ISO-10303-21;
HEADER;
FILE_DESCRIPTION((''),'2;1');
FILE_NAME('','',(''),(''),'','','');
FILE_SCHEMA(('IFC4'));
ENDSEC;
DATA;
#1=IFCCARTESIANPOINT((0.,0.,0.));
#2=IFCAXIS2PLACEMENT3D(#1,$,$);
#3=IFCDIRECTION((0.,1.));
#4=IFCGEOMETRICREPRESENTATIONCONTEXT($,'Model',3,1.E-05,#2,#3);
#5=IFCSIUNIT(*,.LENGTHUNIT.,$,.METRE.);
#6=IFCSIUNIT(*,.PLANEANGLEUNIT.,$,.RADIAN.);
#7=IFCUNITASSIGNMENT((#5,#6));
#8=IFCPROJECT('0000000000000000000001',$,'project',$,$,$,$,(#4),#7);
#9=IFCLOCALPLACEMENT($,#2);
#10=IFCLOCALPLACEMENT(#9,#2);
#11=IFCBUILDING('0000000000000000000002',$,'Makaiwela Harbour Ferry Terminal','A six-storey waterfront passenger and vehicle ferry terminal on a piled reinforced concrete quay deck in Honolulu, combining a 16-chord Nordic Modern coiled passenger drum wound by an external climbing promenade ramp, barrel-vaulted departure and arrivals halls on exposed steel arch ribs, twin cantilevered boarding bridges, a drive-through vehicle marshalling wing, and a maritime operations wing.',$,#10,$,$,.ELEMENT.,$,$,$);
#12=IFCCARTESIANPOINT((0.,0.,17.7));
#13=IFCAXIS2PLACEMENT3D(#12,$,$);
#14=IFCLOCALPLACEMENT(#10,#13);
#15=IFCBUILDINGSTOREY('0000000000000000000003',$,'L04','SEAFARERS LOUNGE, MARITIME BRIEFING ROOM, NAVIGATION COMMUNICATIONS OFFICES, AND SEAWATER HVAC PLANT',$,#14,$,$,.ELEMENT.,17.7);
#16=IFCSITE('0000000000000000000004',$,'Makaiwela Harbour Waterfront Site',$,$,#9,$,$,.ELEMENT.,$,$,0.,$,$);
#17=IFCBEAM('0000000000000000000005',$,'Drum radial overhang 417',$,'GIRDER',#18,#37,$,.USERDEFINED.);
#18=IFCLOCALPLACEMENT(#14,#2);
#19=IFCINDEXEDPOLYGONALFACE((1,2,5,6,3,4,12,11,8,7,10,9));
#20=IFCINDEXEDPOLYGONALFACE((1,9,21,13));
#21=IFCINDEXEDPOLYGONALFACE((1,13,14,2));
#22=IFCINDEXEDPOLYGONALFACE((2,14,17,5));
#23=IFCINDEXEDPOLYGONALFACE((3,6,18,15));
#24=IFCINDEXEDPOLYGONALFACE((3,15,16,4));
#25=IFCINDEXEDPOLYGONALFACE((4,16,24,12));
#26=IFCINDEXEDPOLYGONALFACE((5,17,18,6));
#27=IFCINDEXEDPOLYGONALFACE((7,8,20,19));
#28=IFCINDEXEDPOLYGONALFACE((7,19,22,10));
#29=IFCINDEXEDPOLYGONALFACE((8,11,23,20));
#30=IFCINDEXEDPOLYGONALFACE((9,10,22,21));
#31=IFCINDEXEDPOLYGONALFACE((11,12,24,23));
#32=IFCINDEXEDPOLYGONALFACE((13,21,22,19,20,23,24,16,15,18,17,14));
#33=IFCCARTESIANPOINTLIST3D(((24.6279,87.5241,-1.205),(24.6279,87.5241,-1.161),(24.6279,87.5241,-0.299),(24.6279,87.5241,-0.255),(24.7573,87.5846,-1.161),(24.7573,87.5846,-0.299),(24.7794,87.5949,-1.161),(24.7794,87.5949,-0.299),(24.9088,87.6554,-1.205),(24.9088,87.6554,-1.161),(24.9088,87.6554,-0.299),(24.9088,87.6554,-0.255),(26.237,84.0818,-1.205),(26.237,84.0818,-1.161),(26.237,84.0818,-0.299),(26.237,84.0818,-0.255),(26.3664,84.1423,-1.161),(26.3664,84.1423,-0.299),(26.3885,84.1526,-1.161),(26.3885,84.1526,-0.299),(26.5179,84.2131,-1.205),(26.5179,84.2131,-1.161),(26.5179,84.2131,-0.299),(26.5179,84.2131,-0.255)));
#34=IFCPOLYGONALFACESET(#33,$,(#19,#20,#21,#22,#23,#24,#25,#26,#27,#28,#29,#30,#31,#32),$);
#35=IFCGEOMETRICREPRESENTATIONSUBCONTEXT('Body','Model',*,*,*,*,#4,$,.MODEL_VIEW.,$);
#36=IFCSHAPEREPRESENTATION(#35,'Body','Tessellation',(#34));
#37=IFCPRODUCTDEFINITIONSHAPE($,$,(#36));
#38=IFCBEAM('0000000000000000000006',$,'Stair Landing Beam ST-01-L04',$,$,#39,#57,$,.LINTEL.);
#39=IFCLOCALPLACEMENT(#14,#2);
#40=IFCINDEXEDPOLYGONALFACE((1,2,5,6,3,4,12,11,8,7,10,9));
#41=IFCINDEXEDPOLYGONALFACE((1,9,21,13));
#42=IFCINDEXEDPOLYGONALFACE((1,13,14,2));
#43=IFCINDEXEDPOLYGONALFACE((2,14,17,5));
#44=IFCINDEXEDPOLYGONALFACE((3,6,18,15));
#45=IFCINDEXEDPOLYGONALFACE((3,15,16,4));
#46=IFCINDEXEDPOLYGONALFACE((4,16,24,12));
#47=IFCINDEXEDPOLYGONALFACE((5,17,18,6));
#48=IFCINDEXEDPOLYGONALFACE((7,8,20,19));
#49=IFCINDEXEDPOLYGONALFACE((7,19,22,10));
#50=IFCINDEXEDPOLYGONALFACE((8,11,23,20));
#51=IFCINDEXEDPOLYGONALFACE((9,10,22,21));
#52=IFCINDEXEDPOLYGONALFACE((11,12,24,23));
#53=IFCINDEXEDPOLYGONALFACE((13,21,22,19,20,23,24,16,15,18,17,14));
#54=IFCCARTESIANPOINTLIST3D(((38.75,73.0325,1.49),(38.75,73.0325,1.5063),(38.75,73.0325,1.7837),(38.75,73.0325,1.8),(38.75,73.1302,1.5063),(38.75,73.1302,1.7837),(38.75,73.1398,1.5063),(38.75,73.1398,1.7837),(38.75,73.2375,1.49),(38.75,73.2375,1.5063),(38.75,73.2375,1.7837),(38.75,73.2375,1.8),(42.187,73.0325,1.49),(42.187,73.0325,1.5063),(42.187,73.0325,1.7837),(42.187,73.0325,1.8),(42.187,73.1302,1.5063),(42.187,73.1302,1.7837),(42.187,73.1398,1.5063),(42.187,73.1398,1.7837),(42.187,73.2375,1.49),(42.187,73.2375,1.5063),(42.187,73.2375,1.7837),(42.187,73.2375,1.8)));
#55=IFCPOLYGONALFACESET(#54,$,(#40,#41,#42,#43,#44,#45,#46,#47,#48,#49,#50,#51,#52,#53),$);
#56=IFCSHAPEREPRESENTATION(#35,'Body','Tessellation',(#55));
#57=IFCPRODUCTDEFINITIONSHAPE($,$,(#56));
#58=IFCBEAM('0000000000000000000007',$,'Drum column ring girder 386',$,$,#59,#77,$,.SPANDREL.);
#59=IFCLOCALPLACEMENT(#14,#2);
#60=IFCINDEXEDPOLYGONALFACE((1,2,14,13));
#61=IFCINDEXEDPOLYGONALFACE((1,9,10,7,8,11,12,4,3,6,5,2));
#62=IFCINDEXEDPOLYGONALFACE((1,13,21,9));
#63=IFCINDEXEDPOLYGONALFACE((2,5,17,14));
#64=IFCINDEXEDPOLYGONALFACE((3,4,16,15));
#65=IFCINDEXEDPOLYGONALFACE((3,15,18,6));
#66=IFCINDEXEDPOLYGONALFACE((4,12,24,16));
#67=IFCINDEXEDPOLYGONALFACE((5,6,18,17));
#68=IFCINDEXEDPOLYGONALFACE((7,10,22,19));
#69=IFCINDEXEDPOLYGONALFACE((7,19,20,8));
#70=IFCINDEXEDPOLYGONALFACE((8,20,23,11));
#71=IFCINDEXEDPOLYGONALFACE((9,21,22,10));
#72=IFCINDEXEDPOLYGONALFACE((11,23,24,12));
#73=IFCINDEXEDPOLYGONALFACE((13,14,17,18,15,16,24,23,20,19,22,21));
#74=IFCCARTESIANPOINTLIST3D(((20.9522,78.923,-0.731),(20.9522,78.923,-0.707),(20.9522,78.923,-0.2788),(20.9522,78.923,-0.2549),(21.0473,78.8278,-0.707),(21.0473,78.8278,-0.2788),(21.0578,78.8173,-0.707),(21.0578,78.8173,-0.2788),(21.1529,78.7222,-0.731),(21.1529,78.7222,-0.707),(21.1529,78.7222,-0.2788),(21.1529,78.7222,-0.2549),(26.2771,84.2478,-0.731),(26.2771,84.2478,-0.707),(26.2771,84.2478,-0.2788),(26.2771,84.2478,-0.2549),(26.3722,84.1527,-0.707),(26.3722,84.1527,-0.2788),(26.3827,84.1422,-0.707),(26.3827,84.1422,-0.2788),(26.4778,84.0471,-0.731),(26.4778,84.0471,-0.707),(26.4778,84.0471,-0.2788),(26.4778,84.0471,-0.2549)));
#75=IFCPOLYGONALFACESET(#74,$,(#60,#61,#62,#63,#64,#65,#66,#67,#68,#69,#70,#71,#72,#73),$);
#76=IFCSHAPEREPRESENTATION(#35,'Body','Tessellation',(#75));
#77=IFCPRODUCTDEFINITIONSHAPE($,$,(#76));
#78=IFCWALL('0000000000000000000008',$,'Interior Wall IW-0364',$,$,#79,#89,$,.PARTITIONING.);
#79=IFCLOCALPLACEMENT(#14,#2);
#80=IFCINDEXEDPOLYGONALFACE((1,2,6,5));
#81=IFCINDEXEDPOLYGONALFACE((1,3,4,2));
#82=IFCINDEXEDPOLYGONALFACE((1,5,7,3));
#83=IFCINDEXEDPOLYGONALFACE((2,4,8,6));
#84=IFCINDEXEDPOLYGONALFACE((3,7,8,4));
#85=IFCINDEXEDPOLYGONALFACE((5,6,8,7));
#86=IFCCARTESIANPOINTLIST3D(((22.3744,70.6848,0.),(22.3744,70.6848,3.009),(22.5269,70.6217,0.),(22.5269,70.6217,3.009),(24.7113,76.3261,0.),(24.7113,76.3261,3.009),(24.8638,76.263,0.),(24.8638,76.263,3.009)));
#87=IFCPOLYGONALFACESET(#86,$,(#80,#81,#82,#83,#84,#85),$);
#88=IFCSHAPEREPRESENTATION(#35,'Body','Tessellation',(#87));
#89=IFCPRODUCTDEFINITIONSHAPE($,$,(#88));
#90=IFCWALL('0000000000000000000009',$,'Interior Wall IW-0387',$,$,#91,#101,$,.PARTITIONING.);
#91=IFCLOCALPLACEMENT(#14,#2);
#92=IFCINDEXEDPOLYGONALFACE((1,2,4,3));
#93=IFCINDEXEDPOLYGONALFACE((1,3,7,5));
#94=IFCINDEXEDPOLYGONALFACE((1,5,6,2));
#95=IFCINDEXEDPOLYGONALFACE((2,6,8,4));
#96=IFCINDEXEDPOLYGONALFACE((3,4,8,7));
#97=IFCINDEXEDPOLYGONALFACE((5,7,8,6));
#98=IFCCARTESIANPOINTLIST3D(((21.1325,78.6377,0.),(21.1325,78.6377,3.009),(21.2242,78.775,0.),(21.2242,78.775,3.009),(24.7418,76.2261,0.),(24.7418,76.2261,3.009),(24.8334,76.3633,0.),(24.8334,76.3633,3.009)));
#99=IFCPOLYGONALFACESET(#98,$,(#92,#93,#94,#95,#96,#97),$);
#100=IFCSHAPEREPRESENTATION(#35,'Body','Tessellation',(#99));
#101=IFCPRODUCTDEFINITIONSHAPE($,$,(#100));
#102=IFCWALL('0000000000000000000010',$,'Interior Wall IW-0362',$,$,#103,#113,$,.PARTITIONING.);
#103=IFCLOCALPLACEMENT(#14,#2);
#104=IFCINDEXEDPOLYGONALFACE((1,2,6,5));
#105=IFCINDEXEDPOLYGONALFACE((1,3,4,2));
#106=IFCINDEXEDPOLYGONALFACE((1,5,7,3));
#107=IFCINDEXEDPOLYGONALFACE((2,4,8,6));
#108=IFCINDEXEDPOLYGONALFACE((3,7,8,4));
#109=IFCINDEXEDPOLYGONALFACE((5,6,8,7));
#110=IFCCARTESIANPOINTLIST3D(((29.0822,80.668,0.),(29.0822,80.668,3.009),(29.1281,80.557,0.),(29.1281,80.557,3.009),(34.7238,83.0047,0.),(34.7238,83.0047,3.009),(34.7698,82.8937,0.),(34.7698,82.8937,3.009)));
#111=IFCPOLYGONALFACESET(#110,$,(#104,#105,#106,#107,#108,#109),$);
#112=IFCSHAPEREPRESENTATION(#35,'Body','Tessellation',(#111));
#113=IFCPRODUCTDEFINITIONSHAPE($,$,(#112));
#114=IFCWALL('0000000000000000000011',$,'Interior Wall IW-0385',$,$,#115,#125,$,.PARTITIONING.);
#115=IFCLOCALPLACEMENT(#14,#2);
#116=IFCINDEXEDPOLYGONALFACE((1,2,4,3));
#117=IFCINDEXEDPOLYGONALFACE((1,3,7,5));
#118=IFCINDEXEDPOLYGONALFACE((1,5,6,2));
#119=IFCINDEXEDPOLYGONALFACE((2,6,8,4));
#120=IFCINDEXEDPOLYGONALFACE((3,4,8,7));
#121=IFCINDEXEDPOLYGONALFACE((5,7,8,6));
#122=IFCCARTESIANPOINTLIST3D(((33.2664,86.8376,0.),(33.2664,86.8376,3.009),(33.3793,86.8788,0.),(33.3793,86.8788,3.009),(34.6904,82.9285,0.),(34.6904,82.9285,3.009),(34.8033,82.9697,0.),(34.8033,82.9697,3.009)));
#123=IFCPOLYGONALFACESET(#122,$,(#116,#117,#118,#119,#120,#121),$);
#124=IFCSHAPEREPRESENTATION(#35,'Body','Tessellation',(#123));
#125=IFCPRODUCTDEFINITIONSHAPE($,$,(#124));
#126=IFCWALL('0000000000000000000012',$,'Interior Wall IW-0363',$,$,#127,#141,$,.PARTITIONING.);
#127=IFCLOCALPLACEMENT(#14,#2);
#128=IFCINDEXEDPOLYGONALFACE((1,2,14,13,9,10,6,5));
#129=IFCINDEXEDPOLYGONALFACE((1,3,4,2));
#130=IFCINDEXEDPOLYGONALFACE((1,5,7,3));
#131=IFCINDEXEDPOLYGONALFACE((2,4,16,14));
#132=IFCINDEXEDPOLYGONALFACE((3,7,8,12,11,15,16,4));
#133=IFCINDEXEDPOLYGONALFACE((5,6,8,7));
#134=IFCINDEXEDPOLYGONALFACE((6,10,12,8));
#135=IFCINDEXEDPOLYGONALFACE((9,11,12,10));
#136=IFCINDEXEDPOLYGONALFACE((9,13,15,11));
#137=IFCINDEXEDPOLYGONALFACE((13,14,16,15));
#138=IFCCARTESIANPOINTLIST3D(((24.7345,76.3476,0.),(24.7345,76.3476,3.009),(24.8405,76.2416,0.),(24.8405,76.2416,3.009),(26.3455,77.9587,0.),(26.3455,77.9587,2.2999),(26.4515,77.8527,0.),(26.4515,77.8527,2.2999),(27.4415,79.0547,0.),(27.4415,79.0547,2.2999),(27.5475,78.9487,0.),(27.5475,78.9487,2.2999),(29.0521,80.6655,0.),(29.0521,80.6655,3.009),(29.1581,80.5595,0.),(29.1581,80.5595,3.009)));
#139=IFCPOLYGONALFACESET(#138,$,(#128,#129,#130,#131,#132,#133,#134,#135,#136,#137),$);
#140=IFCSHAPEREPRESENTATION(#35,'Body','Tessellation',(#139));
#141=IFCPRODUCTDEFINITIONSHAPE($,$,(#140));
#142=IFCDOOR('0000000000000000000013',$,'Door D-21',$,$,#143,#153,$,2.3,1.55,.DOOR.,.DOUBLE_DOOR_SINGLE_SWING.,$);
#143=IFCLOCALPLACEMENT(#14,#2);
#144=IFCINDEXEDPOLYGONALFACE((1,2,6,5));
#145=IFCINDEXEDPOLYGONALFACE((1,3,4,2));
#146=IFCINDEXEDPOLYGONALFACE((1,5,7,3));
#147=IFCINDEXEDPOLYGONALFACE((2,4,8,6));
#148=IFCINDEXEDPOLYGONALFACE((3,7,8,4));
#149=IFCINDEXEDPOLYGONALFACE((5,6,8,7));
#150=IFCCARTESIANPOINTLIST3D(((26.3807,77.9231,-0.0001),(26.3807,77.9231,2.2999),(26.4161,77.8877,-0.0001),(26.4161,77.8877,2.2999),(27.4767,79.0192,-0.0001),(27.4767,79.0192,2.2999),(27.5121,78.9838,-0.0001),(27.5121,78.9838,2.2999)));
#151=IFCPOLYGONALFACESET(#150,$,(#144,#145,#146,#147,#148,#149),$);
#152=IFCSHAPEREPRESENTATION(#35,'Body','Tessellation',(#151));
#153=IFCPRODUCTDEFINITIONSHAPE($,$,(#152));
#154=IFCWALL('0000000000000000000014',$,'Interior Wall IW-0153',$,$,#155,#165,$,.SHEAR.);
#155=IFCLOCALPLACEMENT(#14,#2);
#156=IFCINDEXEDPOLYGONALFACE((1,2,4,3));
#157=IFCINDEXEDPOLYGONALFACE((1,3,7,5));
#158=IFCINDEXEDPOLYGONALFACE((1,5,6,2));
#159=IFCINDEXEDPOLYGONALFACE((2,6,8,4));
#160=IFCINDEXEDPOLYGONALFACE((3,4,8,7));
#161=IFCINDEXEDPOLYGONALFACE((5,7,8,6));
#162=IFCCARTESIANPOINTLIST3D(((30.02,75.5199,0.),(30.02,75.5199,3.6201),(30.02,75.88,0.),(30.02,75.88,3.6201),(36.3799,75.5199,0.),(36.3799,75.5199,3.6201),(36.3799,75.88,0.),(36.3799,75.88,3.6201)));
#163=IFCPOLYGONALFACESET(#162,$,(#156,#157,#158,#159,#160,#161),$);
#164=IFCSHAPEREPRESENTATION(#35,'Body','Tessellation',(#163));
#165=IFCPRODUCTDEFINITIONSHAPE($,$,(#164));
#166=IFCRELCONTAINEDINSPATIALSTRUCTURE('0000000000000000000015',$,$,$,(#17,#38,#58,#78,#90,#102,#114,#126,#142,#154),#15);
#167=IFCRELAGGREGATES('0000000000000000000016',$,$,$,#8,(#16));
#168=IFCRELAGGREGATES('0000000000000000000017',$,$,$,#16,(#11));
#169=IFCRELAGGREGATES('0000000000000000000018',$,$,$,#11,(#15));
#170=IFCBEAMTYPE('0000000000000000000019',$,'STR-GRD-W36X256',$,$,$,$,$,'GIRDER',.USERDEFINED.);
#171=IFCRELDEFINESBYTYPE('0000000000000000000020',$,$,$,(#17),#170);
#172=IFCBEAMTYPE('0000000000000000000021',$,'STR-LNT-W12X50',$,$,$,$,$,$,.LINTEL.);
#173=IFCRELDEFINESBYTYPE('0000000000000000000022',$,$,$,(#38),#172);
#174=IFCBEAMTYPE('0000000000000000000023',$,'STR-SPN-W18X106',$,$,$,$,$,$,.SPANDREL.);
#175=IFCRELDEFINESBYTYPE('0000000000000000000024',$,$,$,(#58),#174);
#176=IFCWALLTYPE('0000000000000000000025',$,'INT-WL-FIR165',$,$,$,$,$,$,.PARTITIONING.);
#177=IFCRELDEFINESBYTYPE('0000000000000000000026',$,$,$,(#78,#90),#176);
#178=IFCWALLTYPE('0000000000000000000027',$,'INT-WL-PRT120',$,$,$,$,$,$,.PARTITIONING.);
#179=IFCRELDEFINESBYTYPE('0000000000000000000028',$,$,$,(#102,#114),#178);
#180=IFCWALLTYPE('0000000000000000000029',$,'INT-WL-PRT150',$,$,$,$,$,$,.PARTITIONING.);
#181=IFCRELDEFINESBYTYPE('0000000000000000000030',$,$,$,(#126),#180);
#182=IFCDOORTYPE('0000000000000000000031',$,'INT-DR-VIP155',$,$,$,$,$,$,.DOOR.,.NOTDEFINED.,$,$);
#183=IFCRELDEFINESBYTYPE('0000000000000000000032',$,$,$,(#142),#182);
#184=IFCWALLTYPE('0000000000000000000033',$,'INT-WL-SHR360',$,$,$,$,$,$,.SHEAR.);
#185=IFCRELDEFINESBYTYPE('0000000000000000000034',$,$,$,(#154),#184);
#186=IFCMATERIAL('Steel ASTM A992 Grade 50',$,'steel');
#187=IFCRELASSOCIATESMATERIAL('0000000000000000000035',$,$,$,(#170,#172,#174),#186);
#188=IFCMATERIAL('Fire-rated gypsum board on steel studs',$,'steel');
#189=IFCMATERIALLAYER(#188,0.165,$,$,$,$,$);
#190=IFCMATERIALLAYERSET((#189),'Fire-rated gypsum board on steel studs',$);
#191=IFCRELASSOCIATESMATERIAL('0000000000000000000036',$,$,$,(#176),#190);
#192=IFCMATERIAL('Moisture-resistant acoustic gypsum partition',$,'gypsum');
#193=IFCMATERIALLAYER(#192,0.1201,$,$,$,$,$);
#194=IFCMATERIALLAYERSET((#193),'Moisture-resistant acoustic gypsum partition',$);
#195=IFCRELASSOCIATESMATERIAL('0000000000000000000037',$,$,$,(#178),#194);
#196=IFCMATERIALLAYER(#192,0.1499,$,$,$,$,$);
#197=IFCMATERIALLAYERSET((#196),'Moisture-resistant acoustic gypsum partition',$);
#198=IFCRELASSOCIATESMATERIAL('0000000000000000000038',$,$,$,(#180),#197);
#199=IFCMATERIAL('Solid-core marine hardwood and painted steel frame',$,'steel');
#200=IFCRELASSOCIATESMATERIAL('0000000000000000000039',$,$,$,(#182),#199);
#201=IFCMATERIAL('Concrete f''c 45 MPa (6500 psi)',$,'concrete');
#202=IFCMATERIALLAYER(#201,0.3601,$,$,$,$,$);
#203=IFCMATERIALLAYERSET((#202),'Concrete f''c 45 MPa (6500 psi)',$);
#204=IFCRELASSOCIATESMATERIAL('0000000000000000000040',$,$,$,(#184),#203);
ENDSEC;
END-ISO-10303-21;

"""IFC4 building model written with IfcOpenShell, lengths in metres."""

from ifc_helpers import new_model, si_unit, direction, frame, frame_2d, origin, origin_2d, place, context, subcontext, project, spatial, rectangle, i_section, extrude, material, layer, layer_set, material_profile, profile_set, type_object, element, fill, save


model = new_model("IFC4")

# Units and contexts
model_context = context("Model", 3, precision=1e-05, world=origin(), true_north=direction((0.0, 1.0)))
body_context = subcontext(model_context, "Body", "Model", "MODEL_VIEW")
ifc_project = project(units=[si_unit("LENGTHUNIT", "METRE"), si_unit("PLANEANGLEUNIT", "RADIAN")], contexts=[model_context])

# Site, building, storey
site_placement = place(None, origin())
site = spatial("IfcSite", under=ifc_project, at=site_placement, Name="Makaiwela Harbour Waterfront Site", CompositionType="ELEMENT", RefElevation=0.0)
building_placement = place(site_placement, origin())
building = spatial("IfcBuilding", under=site, at=building_placement, Name="Makaiwela Harbour Ferry Terminal", Description="A six-storey waterfront passenger and vehicle ferry terminal on a piled reinforced concrete quay deck in Honolulu, combining a 16-chord Nordic Modern coiled passenger drum wound by an external climbing promenade ramp, barrel-vaulted departure and arrivals halls on exposed steel arch ribs, twin cantilevered boarding bridges, a drive-through vehicle marshalling wing, and a maritime operations wing.", CompositionType="ELEMENT")
storey_placement = place(building_placement, frame((0.0, 0.0, 17.7)))
storey = spatial("IfcBuildingStorey", under=building, at=storey_placement, Name="L04", Description="SEAFARERS LOUNGE, MARITIME BRIEFING ROOM, NAVIGATION COMMUNICATIONS OFFICES, AND SEAWATER HVAC PLANT", CompositionType="ELEMENT", Elevation=17.7)

# Shared definitions
ifc_material_1 = material(Name="Steel ASTM A992 Grade 50", Category="steel")

# Beams
ifc_material_profile_1 = material_profile(ifc_material_1, i_section(OverallWidth=0.3101, OverallDepth=0.95, WebThickness=0.0244, FlangeThickness=0.0439, at=origin_2d()), Name="W36X256")
ifc_profile_set_1 = profile_set([ifc_material_profile_1], Name="Steel ASTM A992 Grade 50")
beam_type_1 = type_object("IfcBeamType", Name="STR-GRD-W36X256", ElementType="GIRDER", PredefinedType="USERDEFINED", material=ifc_profile_set_1)
beam_1_placement = place(storey_placement, frame((26.3774, 84.1475, -0.73), z_axis=(-0.423466, 0.905912, 0.0), x_axis=(-0.905912, -0.423466, 0.0)))
element("IfcBeam", 1, at=beam_1_placement, inside=storey, type_object=beam_type_1, Name="Drum radial overhang 417", ObjectType="GIRDER", PredefinedType="USERDEFINED", context=body_context, shape_type="SweptSolid", body=[
    extrude(i_section(OverallWidth=0.3101, OverallDepth=0.95, WebThickness=0.0244, FlangeThickness=0.0439, at=origin_2d()), origin(), (0.0, 0.0, 1.0), 3.7998),
])
ifc_material_profile_2 = material_profile(ifc_material_1, i_section(OverallWidth=0.2051, OverallDepth=0.3101, WebThickness=0.0095, FlangeThickness=0.0164, at=origin_2d()), Name="W12X50")
ifc_profile_set_2 = profile_set([ifc_material_profile_2], Name="Steel ASTM A992 Grade 50")
beam_type_2 = type_object("IfcBeamType", Name="STR-LNT-W12X50", PredefinedType="LINTEL", material=ifc_profile_set_2)
beam_2_placement = place(storey_placement, frame((38.75, 73.135, 1.645), z_axis=(1.0, 0.0, 0.0), x_axis=(0.0, 1.0, 0.0)))
element("IfcBeam", 2, at=beam_2_placement, inside=storey, type_object=beam_type_2, Name="Stair Landing Beam ST-01-L04", PredefinedType="LINTEL", context=body_context, shape_type="SweptSolid", body=[
    extrude(i_section(OverallWidth=0.2051, OverallDepth=0.3101, WebThickness=0.0095, FlangeThickness=0.0164, at=origin_2d()), origin(), (0.0, 0.0, 1.0), 3.437),
])
ifc_material_profile_3 = material_profile(ifc_material_1, i_section(OverallWidth=0.2839, OverallDepth=0.4761, WebThickness=0.0149, FlangeThickness=0.0239, at=origin_2d()), Name="W18X106")
ifc_profile_set_3 = profile_set([ifc_material_profile_3], Name="Steel ASTM A992 Grade 50")
beam_type_3 = type_object("IfcBeamType", Name="STR-SPN-W18X106", PredefinedType="SPANDREL", material=ifc_profile_set_3)
beam_3_placement = place(storey_placement, frame((26.3774, 84.1475, -0.4929), z_axis=(-0.707107, -0.707107, 0.0), x_axis=(0.707107, -0.707107, 0.0)))
element("IfcBeam", 3, at=beam_3_placement, inside=storey, type_object=beam_type_3, Name="Drum column ring girder 386", PredefinedType="SPANDREL", context=body_context, shape_type="SweptSolid", body=[
    extrude(i_section(OverallWidth=0.2839, OverallDepth=0.4761, WebThickness=0.0149, FlangeThickness=0.0239, at=origin_2d()), origin(), (0.0, 0.0, 1.0), 7.5305),
])

# Walls
ifc_material_2 = material(Name="Fire-rated gypsum board on steel studs", Category="steel")
ifc_layer_1 = layer(ifc_material_2, 0.165)
ifc_layer_set_1 = layer_set([ifc_layer_1], Name="Fire-rated gypsum board on steel studs")
wall_type_1 = type_object("IfcWallType", Name="INT-WL-FIR165", PredefinedType="PARTITIONING", material=ifc_layer_set_1)
wall_1_placement = place(storey_placement, frame((24.7876, 76.2947, 0.0), z_axis=(0.0, 0.0, 1.0), x_axis=(-0.38271, -0.923869, 0.0)))
element("IfcWall", 4, at=wall_1_placement, inside=storey, type_object=wall_type_1, Name="Interior Wall IW-0364", PredefinedType="PARTITIONING", context=body_context, shape_type="SweptSolid", body=[
    extrude(rectangle(XDim=6.1062, YDim=0.165, at=frame_2d((3.0532, 0.0))), origin(), (0.0, 0.0, 1.0), 3.009),
])
wall_2_placement = place(storey_placement, frame((24.7876, 76.2947, 0.0), z_axis=(0.0, 0.0, 1.0), x_axis=(-0.831461, 0.555582, 0.0)))
element("IfcWall", 5, at=wall_2_placement, inside=storey, type_object=wall_type_1, Name="Interior Wall IW-0387", PredefinedType="PARTITIONING", context=body_context, shape_type="SweptSolid", body=[
    extrude(rectangle(XDim=4.3408, YDim=0.165, at=frame_2d((2.1704, 0.0))), origin(), (0.0, 0.0, 1.0), 3.009),
])
ifc_material_3 = material(Name="Moisture-resistant acoustic gypsum partition", Category="gypsum")
ifc_layer_2 = layer(ifc_material_3, 0.1201)
ifc_layer_set_2 = layer_set([ifc_layer_2], Name="Moisture-resistant acoustic gypsum partition")
wall_type_2 = type_object("IfcWallType", Name="INT-WL-PRT120", PredefinedType="PARTITIONING", material=ifc_layer_set_2)
wall_3_placement = place(storey_placement, frame((34.7468, 82.9492, 0.0), z_axis=(0.0, 0.0, 1.0), x_axis=(-0.923889, -0.382661, 0.0)))
element("IfcWall", 6, at=wall_3_placement, inside=storey, type_object=wall_type_2, Name="Interior Wall IW-0362", PredefinedType="PARTITIONING", context=body_context, shape_type="SweptSolid", body=[
    extrude(rectangle(XDim=6.1064, YDim=0.1201, at=frame_2d((3.0532, 0.0))), origin(), (0.0, 0.0, 1.0), 3.009),
])
wall_4_placement = place(storey_placement, frame((34.7468, 82.9492, 0.0), z_axis=(0.0, 0.0, 1.0), x_axis=(-0.342285, 0.939596, 0.0)))
element("IfcWall", 7, at=wall_4_placement, inside=storey, type_object=wall_type_2, Name="Interior Wall IW-0385", PredefinedType="PARTITIONING", context=body_context, shape_type="SweptSolid", body=[
    extrude(rectangle(XDim=4.1604, YDim=0.1201, at=frame_2d((2.0801, 0.0))), origin(), (0.0, 0.0, 1.0), 3.009),
])

# Wall, opening, door
ifc_layer_3 = layer(ifc_material_3, 0.1499)
ifc_layer_set_3 = layer_set([ifc_layer_3], Name="Moisture-resistant acoustic gypsum partition")
wall_type_3 = type_object("IfcWallType", Name="INT-WL-PRT150", PredefinedType="PARTITIONING", material=ifc_layer_set_3)
wall_5_placement = place(storey_placement, frame((29.1052, 80.6125, 0.0), z_axis=(0.0, 0.0, 1.0), x_axis=(-0.707087, -0.707127, 0.0)))
wall_5 = element("IfcWall", 8, at=wall_5_placement, inside=storey, type_object=wall_type_3, Name="Interior Wall IW-0363", PredefinedType="PARTITIONING", context=body_context, shape_type="SweptSolid", body=[
    extrude(rectangle(XDim=6.1062, YDim=0.1499, at=frame_2d((3.0532, 0.0))), origin(), (0.0, 0.0, 1.0), 3.009),
])
opening_1_placement = place(wall_5_placement, frame((2.2781, 0.0, 0.0)))
opening_1 = element("IfcOpeningElement", 9, at=opening_1_placement, cuts=wall_5, PredefinedType="OPENING", context=body_context, shape_type="SweptSolid", body=[
    extrude(rectangle(XDim=1.55, YDim=2.3, at=frame_2d((0.7749, 1.1499))), frame((0.0, 0.085, 0.0), z_axis=(0.0, -1.0, 0.0), x_axis=(1.0, 0.0, 0.0)), (0.0, 0.0, 1.0), 0.1699),
])
ifc_material_4 = material(Name="Solid-core marine hardwood and painted steel frame", Category="steel")
door_type_1 = type_object("IfcDoorType", Name="INT-DR-VIP155", OperationType="NOTDEFINED", PredefinedType="DOOR", material=ifc_material_4)
door_1_placement = place(opening_1_placement, frame((1.55, 0.0, 0.0), z_axis=(0.0, 0.0, 1.0), x_axis=(-1.0, 0.0, 0.0)))
door_1 = element("IfcDoor", 10, at=door_1_placement, inside=storey, type_object=door_type_1, Name="Door D-21", OperationType="DOUBLE_DOOR_SINGLE_SWING", OverallHeight=2.3, OverallWidth=1.55, PredefinedType="DOOR", context=body_context, shape_type="SweptSolid", body=[
    extrude(rectangle(XDim=1.55, YDim=2.3, at=frame_2d((0.7749, 1.1499))), frame((0.0, 0.0249, 0.0), z_axis=(0.0, -1.0, 0.0), x_axis=(1.0, 0.0, 0.0)), (0.0, 0.0, 1.0), 0.05),
])
fill(opening_1, door_1)

# Wall
ifc_material_5 = material(Name="Concrete f'c 45 MPa (6500 psi)", Category="concrete")
ifc_layer_4 = layer(ifc_material_5, 0.3601)
ifc_layer_set_4 = layer_set([ifc_layer_4], Name="Concrete f'c 45 MPa (6500 psi)")
wall_type_4 = type_object("IfcWallType", Name="INT-WL-SHR360", PredefinedType="SHEAR", material=ifc_layer_set_4)
wall_6_placement = place(storey_placement, frame((30.02, 75.7, 0.0), z_axis=(0.0, 0.0, 1.0), x_axis=(1.0, 0.0, 0.0)))
element("IfcWall", 11, at=wall_6_placement, inside=storey, type_object=wall_type_4, Name="Interior Wall IW-0153", PredefinedType="SHEAR", context=body_context, shape_type="SweptSolid", body=[
    extrude(rectangle(XDim=6.3599, YDim=0.3601, at=frame_2d((3.1799, 0.0))), origin(), (0.0, 0.0, 1.0), 3.6201),
])

save(model, "model.ifc")
